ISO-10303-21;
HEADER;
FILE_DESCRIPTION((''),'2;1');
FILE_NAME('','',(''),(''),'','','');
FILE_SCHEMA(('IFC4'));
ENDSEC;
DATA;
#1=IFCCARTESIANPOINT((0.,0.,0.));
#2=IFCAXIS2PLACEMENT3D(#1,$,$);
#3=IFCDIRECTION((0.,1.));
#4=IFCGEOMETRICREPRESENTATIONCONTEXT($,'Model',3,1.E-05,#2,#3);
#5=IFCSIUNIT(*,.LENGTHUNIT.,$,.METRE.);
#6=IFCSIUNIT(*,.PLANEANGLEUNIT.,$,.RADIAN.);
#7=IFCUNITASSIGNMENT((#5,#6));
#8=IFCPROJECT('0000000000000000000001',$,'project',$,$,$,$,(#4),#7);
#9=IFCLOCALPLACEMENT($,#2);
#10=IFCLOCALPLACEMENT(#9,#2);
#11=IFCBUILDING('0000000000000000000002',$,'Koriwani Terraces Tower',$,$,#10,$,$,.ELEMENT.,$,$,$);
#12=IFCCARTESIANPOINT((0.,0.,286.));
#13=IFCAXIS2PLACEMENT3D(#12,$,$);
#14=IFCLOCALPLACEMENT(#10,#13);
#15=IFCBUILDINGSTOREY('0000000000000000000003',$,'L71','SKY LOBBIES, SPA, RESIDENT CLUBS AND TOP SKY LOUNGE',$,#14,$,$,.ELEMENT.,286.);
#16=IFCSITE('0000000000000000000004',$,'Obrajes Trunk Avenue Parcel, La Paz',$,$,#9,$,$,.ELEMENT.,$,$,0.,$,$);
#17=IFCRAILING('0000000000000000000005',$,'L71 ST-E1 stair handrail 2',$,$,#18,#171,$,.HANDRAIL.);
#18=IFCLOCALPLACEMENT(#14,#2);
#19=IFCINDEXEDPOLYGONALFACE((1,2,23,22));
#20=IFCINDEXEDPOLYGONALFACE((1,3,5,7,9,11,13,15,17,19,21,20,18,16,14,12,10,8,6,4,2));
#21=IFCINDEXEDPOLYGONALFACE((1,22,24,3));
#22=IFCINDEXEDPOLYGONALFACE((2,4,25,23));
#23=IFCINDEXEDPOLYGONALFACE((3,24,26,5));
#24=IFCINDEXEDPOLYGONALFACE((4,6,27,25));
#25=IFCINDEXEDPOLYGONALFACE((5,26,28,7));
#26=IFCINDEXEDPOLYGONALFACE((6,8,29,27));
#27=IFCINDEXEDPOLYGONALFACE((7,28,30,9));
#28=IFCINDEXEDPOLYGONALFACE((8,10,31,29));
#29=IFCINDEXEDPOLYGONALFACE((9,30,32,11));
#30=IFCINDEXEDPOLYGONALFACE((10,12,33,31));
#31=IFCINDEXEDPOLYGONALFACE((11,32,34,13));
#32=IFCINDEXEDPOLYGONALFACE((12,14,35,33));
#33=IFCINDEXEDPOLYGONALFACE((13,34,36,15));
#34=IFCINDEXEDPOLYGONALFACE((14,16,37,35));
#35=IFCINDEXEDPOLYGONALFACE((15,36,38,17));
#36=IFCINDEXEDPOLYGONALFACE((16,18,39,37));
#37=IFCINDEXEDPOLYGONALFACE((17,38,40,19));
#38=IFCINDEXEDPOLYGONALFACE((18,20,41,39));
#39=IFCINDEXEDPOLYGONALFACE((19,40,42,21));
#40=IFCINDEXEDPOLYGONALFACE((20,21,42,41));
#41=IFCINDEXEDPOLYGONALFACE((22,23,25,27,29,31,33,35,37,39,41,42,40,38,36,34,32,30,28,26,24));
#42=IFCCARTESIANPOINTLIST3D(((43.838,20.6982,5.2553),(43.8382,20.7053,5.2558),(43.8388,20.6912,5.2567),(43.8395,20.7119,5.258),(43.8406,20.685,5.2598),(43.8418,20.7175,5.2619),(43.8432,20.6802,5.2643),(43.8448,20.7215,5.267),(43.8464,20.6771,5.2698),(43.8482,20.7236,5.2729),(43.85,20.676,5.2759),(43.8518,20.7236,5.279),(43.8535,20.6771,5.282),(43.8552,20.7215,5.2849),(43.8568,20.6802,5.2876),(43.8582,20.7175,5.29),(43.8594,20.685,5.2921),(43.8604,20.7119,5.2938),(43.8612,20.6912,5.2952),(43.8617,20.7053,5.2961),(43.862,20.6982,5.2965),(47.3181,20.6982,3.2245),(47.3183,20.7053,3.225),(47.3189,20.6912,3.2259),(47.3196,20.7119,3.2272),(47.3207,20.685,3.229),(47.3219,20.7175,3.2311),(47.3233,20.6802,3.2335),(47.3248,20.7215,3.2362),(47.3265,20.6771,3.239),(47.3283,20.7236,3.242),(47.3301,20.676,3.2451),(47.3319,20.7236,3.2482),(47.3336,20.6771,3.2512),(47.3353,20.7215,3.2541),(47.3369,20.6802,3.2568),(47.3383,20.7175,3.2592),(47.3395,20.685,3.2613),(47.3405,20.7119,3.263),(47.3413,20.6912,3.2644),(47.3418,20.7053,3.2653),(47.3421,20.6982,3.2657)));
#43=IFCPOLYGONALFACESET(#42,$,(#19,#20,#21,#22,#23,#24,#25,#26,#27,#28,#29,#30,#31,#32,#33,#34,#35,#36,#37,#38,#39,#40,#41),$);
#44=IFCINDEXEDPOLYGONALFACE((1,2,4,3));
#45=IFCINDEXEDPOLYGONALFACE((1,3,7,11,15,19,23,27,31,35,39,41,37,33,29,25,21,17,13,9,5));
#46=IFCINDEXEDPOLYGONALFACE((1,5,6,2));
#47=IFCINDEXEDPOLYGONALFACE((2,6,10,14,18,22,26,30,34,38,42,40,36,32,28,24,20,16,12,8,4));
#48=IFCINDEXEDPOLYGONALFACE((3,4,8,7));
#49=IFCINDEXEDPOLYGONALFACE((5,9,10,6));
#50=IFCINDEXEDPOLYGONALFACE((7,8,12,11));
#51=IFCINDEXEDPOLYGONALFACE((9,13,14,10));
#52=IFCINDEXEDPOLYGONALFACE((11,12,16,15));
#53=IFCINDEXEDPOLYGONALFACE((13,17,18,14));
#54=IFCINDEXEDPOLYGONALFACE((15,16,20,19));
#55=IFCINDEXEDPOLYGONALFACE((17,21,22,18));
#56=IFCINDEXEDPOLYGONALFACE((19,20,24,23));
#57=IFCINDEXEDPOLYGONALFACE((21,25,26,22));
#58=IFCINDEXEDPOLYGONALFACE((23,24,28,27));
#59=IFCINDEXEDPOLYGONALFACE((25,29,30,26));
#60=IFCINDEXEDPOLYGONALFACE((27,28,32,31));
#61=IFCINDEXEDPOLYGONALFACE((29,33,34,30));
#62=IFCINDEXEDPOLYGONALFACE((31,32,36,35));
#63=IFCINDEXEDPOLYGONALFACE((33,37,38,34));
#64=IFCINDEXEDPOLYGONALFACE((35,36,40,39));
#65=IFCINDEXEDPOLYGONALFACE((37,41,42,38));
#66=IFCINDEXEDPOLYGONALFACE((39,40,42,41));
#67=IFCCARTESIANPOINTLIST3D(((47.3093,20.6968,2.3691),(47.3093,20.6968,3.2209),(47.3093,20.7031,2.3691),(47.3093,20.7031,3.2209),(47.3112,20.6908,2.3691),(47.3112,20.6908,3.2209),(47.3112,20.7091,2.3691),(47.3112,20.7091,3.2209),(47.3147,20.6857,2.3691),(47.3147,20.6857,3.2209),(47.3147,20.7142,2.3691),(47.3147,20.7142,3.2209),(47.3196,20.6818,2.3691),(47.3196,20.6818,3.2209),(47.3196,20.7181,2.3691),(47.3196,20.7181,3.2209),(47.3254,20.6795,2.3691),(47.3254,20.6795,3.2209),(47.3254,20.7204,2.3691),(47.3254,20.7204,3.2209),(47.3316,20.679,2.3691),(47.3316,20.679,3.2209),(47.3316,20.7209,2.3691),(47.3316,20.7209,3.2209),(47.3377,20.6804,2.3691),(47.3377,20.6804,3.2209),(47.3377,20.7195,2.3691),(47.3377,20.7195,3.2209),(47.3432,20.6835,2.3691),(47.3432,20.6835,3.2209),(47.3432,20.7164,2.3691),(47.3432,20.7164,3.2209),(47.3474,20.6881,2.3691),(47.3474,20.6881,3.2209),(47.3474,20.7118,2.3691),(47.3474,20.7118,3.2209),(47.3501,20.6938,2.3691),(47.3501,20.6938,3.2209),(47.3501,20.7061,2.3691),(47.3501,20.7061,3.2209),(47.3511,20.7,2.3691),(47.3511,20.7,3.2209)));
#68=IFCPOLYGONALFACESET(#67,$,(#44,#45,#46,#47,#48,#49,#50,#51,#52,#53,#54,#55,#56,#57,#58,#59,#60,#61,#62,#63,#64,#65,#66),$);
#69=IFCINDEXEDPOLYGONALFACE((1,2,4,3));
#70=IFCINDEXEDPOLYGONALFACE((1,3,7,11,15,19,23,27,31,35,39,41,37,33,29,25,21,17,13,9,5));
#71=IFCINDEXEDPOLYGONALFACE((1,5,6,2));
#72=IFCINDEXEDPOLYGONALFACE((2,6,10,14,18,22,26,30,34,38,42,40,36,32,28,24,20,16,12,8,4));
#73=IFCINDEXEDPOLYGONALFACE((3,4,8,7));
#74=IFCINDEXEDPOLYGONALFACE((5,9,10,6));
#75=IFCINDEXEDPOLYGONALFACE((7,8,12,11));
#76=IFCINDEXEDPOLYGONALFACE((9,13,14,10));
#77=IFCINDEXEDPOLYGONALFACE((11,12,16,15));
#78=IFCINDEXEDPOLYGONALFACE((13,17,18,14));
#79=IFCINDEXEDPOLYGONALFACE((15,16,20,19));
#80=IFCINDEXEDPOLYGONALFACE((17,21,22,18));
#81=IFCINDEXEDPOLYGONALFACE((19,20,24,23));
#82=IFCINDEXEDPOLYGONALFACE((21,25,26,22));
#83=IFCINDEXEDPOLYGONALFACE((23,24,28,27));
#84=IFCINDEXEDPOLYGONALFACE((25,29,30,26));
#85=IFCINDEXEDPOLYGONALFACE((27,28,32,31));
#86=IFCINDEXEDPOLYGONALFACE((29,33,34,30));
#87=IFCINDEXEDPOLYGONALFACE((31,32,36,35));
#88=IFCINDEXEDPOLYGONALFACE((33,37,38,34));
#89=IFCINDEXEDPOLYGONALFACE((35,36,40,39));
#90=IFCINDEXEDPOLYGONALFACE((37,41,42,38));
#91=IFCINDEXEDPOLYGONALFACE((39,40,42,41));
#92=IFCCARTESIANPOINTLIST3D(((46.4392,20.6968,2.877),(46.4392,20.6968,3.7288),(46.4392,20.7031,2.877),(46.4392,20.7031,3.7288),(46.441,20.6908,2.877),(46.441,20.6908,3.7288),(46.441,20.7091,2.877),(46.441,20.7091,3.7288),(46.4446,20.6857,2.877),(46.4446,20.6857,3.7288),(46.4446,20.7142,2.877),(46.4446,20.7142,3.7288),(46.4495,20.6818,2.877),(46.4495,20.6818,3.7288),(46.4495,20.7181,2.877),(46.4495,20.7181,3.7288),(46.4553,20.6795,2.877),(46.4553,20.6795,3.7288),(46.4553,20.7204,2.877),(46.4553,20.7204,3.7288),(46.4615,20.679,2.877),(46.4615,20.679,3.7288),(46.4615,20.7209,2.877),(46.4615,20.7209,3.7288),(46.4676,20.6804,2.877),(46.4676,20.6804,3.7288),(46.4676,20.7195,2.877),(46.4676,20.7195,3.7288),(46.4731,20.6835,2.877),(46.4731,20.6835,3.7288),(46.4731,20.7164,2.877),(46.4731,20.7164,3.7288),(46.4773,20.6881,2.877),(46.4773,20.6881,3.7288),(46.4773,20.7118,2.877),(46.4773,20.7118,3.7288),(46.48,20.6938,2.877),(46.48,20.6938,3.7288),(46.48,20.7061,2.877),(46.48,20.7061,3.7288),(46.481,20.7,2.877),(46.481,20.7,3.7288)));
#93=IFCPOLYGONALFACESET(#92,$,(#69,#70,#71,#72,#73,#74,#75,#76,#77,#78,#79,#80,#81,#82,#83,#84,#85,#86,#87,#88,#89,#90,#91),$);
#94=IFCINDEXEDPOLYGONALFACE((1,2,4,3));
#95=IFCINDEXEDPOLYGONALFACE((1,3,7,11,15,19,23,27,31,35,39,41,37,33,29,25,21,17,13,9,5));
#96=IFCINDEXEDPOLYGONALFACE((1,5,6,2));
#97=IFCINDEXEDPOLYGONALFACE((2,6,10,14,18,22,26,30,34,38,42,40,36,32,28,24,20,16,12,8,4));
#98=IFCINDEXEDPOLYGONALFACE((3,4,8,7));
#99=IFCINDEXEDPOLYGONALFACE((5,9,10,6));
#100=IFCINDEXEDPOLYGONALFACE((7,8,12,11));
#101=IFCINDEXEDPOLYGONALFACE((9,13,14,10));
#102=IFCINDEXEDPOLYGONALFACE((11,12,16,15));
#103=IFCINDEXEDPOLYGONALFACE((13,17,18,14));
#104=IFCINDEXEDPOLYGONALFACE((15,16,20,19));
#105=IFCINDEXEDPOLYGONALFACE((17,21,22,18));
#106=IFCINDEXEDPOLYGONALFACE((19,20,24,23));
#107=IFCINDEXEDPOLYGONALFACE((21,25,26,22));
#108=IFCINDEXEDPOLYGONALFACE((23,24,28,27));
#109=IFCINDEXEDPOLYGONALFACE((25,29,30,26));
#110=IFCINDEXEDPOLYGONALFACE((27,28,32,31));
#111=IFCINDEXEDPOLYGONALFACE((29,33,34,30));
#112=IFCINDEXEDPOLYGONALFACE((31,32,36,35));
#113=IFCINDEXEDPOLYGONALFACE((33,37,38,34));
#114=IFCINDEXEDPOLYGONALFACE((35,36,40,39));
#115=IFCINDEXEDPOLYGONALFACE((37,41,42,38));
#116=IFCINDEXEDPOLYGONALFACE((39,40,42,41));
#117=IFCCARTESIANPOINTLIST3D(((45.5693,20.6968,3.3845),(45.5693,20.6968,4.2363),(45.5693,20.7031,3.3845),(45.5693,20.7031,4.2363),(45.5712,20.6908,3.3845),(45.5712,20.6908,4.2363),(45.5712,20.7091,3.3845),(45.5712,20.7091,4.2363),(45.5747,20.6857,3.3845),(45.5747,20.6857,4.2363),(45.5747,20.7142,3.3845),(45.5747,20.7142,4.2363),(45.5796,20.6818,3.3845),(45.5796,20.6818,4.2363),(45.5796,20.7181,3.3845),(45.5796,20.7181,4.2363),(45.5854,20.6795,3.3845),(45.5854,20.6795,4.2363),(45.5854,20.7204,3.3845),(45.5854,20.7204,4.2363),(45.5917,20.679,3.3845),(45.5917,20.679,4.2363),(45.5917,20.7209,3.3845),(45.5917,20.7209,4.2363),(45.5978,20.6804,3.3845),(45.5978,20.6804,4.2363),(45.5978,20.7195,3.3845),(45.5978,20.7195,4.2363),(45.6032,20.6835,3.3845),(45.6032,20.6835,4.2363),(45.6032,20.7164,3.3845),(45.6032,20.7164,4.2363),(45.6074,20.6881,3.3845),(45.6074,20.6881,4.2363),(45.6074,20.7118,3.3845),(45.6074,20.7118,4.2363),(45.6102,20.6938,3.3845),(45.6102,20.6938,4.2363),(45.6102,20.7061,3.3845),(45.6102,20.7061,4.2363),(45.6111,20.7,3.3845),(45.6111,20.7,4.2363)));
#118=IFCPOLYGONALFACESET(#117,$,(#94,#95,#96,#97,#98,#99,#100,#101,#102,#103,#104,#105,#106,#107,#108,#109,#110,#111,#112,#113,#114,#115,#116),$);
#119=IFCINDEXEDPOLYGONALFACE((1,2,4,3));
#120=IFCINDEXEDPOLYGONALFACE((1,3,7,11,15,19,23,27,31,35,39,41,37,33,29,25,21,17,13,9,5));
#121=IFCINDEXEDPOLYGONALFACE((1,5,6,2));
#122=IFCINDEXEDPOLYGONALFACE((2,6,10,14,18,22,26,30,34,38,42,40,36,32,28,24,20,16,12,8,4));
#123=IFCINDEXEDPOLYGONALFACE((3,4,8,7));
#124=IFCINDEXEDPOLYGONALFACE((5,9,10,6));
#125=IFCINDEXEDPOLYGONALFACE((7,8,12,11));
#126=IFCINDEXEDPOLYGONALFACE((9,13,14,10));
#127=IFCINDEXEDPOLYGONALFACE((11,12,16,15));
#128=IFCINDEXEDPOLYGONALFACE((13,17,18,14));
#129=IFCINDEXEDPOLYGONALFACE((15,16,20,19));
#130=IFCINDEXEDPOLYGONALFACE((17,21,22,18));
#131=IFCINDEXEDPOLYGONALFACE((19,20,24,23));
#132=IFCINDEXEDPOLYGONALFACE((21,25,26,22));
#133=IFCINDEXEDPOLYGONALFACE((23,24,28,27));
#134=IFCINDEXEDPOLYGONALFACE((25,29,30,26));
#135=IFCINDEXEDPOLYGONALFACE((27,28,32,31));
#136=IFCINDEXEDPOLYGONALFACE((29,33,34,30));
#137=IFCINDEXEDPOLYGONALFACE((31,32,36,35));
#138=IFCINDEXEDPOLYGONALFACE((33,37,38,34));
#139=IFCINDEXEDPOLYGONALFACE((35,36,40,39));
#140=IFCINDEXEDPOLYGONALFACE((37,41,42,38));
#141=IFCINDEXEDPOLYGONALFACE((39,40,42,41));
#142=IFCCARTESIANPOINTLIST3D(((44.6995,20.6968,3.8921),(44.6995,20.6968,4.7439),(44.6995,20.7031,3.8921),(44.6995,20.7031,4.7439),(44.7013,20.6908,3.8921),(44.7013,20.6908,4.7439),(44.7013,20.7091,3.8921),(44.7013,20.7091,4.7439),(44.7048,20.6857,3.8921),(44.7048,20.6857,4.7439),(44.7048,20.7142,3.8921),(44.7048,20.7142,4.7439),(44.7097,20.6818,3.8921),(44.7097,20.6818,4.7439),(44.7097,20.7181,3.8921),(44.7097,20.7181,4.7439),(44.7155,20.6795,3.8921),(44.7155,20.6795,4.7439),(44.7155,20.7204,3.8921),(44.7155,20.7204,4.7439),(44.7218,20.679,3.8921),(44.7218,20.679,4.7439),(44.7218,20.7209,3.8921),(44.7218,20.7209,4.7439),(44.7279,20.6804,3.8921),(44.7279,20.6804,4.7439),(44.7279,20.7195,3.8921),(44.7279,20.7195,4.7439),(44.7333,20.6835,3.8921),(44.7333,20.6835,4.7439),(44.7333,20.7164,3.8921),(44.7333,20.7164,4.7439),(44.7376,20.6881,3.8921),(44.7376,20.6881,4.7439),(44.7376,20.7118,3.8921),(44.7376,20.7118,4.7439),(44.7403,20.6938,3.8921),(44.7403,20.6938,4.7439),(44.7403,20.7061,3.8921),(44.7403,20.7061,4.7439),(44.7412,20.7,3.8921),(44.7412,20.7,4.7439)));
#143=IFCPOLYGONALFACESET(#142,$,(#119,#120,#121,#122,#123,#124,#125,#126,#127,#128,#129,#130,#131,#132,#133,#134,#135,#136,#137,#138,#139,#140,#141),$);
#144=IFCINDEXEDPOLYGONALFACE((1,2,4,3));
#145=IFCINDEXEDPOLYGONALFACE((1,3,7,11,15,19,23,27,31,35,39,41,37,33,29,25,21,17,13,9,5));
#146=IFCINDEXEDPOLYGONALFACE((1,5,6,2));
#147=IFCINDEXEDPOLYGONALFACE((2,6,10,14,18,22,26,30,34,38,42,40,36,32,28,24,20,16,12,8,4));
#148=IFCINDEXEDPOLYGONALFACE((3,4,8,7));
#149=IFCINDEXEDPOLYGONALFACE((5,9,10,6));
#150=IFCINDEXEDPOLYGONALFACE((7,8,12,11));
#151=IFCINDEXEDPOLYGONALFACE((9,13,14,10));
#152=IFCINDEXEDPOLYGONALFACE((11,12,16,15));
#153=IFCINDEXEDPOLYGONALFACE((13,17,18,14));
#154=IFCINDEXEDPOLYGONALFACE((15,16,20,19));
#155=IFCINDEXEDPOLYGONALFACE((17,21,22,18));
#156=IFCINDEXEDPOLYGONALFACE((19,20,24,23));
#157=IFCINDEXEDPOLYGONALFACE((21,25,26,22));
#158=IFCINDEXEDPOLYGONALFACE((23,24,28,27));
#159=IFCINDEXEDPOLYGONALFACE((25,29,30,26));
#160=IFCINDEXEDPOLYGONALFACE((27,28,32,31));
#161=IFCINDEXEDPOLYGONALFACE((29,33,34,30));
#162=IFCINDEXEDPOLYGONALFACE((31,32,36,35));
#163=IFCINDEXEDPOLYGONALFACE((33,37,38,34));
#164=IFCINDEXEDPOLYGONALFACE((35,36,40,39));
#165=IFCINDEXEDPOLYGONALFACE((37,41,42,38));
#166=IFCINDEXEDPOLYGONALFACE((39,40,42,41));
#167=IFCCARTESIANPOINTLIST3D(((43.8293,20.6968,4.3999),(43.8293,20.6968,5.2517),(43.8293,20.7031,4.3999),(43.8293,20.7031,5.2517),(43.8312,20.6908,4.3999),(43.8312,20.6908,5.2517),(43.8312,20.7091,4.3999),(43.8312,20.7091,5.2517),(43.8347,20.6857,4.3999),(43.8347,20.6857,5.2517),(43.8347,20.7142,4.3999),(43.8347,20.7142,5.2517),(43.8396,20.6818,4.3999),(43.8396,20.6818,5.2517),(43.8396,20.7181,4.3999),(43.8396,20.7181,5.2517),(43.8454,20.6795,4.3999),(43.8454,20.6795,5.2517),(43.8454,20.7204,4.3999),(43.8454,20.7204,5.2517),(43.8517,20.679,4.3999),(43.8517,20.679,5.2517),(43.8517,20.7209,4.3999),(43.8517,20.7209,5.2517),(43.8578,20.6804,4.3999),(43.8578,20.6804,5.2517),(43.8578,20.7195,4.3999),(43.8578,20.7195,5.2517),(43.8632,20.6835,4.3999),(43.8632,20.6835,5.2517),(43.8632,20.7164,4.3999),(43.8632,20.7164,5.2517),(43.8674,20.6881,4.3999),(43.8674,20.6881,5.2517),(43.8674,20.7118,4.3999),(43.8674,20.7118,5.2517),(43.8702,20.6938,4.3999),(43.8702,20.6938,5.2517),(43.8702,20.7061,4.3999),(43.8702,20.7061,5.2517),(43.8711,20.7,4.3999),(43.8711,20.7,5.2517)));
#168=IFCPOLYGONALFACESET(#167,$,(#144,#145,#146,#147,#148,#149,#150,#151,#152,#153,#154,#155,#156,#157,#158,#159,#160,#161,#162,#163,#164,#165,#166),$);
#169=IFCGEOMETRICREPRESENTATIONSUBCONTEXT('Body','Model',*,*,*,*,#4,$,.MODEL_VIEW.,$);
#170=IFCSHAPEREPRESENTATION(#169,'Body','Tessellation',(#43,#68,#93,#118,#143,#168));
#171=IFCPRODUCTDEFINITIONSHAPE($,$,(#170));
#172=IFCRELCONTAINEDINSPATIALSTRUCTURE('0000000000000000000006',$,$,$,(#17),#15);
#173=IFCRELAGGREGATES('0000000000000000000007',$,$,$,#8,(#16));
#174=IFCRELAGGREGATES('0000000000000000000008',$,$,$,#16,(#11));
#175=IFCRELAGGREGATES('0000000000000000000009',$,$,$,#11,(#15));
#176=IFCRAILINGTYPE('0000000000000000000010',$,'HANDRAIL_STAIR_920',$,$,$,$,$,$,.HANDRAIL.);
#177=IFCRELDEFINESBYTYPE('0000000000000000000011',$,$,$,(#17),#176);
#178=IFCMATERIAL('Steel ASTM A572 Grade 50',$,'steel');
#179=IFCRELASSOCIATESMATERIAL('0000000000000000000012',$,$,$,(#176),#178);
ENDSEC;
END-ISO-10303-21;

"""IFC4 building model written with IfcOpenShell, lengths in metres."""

from ifc_helpers import new_model, si_unit, direction, frame, origin, origin_2d, place, context, subcontext, project, spatial, circle, extrude, material, type_object, element, save


model = new_model("IFC4")

# Units and contexts
model_context = context("Model", 3, precision=1e-05, world=origin(), true_north=direction((0.0, 1.0)))
body_context = subcontext(model_context, "Body", "Model", "MODEL_VIEW")
ifc_project = project(units=[si_unit("LENGTHUNIT", "METRE"), si_unit("PLANEANGLEUNIT", "RADIAN")], contexts=[model_context])

# Site, building, storey
site_placement = place(None, origin())
site = spatial("IfcSite", under=ifc_project, at=site_placement, Name="Obrajes Trunk Avenue Parcel, La Paz", CompositionType="ELEMENT", RefElevation=0.0)
building_placement = place(site_placement, origin())
building = spatial("IfcBuilding", under=site, at=building_placement, Name="Koriwani Terraces Tower", CompositionType="ELEMENT")
storey_placement = place(building_placement, frame((0.0, 0.0, 286.0)))
storey = spatial("IfcBuildingStorey", under=building, at=storey_placement, Name="L71", Description="SKY LOBBIES, SPA, RESIDENT CLUBS AND TOP SKY LOUNGE", CompositionType="ELEMENT", Elevation=286.0)

# Railing
ifc_material_1 = material(Name="Steel ASTM A572 Grade 50", Category="steel")
railing_type_1 = type_object("IfcRailingType", Name="HANDRAIL_STAIR_920", PredefinedType="HANDRAIL", material=ifc_material_1)
railing_1_placement = place(storey_placement, frame((47.3301, 20.7, 2.3691)))
element("IfcRailing", 1, at=railing_1_placement, inside=storey, type_object=railing_type_1, Name="L71 ST-E1 stair handrail 2", PredefinedType="HANDRAIL", context=body_context, shape_type="SweptSolid", body=[
    extrude(circle(Radius=0.0239, at=origin_2d()), frame((0.0, 0.0, 0.876), z_axis=(-0.863695, 0.0, 0.504014), x_axis=(0.0, -1.0, 0.0)), (0.0, 0.0, 1.0), 4.0293),
    extrude(circle(Radius=0.021, at=origin_2d()), origin(), (0.0, 0.0, 1.0), 0.8518),
    extrude(circle(Radius=0.021, at=origin_2d()), frame((-0.8701, 0.0, 0.5078)), (0.0, 0.0, 1.0), 0.8518),
    extrude(circle(Radius=0.021, at=origin_2d()), frame((-1.74, 0.0, 1.0154)), (0.0, 0.0, 1.0), 0.8518),
    extrude(circle(Radius=0.021, at=origin_2d()), frame((-2.6099, 0.0, 1.5229)), (0.0, 0.0, 1.0), 0.8518),
    extrude(circle(Radius=0.021, at=origin_2d()), frame((-3.48, 0.0, 2.0308)), (0.0, 0.0, 1.0), 0.8518),
])

save(model, "model.ifc")
